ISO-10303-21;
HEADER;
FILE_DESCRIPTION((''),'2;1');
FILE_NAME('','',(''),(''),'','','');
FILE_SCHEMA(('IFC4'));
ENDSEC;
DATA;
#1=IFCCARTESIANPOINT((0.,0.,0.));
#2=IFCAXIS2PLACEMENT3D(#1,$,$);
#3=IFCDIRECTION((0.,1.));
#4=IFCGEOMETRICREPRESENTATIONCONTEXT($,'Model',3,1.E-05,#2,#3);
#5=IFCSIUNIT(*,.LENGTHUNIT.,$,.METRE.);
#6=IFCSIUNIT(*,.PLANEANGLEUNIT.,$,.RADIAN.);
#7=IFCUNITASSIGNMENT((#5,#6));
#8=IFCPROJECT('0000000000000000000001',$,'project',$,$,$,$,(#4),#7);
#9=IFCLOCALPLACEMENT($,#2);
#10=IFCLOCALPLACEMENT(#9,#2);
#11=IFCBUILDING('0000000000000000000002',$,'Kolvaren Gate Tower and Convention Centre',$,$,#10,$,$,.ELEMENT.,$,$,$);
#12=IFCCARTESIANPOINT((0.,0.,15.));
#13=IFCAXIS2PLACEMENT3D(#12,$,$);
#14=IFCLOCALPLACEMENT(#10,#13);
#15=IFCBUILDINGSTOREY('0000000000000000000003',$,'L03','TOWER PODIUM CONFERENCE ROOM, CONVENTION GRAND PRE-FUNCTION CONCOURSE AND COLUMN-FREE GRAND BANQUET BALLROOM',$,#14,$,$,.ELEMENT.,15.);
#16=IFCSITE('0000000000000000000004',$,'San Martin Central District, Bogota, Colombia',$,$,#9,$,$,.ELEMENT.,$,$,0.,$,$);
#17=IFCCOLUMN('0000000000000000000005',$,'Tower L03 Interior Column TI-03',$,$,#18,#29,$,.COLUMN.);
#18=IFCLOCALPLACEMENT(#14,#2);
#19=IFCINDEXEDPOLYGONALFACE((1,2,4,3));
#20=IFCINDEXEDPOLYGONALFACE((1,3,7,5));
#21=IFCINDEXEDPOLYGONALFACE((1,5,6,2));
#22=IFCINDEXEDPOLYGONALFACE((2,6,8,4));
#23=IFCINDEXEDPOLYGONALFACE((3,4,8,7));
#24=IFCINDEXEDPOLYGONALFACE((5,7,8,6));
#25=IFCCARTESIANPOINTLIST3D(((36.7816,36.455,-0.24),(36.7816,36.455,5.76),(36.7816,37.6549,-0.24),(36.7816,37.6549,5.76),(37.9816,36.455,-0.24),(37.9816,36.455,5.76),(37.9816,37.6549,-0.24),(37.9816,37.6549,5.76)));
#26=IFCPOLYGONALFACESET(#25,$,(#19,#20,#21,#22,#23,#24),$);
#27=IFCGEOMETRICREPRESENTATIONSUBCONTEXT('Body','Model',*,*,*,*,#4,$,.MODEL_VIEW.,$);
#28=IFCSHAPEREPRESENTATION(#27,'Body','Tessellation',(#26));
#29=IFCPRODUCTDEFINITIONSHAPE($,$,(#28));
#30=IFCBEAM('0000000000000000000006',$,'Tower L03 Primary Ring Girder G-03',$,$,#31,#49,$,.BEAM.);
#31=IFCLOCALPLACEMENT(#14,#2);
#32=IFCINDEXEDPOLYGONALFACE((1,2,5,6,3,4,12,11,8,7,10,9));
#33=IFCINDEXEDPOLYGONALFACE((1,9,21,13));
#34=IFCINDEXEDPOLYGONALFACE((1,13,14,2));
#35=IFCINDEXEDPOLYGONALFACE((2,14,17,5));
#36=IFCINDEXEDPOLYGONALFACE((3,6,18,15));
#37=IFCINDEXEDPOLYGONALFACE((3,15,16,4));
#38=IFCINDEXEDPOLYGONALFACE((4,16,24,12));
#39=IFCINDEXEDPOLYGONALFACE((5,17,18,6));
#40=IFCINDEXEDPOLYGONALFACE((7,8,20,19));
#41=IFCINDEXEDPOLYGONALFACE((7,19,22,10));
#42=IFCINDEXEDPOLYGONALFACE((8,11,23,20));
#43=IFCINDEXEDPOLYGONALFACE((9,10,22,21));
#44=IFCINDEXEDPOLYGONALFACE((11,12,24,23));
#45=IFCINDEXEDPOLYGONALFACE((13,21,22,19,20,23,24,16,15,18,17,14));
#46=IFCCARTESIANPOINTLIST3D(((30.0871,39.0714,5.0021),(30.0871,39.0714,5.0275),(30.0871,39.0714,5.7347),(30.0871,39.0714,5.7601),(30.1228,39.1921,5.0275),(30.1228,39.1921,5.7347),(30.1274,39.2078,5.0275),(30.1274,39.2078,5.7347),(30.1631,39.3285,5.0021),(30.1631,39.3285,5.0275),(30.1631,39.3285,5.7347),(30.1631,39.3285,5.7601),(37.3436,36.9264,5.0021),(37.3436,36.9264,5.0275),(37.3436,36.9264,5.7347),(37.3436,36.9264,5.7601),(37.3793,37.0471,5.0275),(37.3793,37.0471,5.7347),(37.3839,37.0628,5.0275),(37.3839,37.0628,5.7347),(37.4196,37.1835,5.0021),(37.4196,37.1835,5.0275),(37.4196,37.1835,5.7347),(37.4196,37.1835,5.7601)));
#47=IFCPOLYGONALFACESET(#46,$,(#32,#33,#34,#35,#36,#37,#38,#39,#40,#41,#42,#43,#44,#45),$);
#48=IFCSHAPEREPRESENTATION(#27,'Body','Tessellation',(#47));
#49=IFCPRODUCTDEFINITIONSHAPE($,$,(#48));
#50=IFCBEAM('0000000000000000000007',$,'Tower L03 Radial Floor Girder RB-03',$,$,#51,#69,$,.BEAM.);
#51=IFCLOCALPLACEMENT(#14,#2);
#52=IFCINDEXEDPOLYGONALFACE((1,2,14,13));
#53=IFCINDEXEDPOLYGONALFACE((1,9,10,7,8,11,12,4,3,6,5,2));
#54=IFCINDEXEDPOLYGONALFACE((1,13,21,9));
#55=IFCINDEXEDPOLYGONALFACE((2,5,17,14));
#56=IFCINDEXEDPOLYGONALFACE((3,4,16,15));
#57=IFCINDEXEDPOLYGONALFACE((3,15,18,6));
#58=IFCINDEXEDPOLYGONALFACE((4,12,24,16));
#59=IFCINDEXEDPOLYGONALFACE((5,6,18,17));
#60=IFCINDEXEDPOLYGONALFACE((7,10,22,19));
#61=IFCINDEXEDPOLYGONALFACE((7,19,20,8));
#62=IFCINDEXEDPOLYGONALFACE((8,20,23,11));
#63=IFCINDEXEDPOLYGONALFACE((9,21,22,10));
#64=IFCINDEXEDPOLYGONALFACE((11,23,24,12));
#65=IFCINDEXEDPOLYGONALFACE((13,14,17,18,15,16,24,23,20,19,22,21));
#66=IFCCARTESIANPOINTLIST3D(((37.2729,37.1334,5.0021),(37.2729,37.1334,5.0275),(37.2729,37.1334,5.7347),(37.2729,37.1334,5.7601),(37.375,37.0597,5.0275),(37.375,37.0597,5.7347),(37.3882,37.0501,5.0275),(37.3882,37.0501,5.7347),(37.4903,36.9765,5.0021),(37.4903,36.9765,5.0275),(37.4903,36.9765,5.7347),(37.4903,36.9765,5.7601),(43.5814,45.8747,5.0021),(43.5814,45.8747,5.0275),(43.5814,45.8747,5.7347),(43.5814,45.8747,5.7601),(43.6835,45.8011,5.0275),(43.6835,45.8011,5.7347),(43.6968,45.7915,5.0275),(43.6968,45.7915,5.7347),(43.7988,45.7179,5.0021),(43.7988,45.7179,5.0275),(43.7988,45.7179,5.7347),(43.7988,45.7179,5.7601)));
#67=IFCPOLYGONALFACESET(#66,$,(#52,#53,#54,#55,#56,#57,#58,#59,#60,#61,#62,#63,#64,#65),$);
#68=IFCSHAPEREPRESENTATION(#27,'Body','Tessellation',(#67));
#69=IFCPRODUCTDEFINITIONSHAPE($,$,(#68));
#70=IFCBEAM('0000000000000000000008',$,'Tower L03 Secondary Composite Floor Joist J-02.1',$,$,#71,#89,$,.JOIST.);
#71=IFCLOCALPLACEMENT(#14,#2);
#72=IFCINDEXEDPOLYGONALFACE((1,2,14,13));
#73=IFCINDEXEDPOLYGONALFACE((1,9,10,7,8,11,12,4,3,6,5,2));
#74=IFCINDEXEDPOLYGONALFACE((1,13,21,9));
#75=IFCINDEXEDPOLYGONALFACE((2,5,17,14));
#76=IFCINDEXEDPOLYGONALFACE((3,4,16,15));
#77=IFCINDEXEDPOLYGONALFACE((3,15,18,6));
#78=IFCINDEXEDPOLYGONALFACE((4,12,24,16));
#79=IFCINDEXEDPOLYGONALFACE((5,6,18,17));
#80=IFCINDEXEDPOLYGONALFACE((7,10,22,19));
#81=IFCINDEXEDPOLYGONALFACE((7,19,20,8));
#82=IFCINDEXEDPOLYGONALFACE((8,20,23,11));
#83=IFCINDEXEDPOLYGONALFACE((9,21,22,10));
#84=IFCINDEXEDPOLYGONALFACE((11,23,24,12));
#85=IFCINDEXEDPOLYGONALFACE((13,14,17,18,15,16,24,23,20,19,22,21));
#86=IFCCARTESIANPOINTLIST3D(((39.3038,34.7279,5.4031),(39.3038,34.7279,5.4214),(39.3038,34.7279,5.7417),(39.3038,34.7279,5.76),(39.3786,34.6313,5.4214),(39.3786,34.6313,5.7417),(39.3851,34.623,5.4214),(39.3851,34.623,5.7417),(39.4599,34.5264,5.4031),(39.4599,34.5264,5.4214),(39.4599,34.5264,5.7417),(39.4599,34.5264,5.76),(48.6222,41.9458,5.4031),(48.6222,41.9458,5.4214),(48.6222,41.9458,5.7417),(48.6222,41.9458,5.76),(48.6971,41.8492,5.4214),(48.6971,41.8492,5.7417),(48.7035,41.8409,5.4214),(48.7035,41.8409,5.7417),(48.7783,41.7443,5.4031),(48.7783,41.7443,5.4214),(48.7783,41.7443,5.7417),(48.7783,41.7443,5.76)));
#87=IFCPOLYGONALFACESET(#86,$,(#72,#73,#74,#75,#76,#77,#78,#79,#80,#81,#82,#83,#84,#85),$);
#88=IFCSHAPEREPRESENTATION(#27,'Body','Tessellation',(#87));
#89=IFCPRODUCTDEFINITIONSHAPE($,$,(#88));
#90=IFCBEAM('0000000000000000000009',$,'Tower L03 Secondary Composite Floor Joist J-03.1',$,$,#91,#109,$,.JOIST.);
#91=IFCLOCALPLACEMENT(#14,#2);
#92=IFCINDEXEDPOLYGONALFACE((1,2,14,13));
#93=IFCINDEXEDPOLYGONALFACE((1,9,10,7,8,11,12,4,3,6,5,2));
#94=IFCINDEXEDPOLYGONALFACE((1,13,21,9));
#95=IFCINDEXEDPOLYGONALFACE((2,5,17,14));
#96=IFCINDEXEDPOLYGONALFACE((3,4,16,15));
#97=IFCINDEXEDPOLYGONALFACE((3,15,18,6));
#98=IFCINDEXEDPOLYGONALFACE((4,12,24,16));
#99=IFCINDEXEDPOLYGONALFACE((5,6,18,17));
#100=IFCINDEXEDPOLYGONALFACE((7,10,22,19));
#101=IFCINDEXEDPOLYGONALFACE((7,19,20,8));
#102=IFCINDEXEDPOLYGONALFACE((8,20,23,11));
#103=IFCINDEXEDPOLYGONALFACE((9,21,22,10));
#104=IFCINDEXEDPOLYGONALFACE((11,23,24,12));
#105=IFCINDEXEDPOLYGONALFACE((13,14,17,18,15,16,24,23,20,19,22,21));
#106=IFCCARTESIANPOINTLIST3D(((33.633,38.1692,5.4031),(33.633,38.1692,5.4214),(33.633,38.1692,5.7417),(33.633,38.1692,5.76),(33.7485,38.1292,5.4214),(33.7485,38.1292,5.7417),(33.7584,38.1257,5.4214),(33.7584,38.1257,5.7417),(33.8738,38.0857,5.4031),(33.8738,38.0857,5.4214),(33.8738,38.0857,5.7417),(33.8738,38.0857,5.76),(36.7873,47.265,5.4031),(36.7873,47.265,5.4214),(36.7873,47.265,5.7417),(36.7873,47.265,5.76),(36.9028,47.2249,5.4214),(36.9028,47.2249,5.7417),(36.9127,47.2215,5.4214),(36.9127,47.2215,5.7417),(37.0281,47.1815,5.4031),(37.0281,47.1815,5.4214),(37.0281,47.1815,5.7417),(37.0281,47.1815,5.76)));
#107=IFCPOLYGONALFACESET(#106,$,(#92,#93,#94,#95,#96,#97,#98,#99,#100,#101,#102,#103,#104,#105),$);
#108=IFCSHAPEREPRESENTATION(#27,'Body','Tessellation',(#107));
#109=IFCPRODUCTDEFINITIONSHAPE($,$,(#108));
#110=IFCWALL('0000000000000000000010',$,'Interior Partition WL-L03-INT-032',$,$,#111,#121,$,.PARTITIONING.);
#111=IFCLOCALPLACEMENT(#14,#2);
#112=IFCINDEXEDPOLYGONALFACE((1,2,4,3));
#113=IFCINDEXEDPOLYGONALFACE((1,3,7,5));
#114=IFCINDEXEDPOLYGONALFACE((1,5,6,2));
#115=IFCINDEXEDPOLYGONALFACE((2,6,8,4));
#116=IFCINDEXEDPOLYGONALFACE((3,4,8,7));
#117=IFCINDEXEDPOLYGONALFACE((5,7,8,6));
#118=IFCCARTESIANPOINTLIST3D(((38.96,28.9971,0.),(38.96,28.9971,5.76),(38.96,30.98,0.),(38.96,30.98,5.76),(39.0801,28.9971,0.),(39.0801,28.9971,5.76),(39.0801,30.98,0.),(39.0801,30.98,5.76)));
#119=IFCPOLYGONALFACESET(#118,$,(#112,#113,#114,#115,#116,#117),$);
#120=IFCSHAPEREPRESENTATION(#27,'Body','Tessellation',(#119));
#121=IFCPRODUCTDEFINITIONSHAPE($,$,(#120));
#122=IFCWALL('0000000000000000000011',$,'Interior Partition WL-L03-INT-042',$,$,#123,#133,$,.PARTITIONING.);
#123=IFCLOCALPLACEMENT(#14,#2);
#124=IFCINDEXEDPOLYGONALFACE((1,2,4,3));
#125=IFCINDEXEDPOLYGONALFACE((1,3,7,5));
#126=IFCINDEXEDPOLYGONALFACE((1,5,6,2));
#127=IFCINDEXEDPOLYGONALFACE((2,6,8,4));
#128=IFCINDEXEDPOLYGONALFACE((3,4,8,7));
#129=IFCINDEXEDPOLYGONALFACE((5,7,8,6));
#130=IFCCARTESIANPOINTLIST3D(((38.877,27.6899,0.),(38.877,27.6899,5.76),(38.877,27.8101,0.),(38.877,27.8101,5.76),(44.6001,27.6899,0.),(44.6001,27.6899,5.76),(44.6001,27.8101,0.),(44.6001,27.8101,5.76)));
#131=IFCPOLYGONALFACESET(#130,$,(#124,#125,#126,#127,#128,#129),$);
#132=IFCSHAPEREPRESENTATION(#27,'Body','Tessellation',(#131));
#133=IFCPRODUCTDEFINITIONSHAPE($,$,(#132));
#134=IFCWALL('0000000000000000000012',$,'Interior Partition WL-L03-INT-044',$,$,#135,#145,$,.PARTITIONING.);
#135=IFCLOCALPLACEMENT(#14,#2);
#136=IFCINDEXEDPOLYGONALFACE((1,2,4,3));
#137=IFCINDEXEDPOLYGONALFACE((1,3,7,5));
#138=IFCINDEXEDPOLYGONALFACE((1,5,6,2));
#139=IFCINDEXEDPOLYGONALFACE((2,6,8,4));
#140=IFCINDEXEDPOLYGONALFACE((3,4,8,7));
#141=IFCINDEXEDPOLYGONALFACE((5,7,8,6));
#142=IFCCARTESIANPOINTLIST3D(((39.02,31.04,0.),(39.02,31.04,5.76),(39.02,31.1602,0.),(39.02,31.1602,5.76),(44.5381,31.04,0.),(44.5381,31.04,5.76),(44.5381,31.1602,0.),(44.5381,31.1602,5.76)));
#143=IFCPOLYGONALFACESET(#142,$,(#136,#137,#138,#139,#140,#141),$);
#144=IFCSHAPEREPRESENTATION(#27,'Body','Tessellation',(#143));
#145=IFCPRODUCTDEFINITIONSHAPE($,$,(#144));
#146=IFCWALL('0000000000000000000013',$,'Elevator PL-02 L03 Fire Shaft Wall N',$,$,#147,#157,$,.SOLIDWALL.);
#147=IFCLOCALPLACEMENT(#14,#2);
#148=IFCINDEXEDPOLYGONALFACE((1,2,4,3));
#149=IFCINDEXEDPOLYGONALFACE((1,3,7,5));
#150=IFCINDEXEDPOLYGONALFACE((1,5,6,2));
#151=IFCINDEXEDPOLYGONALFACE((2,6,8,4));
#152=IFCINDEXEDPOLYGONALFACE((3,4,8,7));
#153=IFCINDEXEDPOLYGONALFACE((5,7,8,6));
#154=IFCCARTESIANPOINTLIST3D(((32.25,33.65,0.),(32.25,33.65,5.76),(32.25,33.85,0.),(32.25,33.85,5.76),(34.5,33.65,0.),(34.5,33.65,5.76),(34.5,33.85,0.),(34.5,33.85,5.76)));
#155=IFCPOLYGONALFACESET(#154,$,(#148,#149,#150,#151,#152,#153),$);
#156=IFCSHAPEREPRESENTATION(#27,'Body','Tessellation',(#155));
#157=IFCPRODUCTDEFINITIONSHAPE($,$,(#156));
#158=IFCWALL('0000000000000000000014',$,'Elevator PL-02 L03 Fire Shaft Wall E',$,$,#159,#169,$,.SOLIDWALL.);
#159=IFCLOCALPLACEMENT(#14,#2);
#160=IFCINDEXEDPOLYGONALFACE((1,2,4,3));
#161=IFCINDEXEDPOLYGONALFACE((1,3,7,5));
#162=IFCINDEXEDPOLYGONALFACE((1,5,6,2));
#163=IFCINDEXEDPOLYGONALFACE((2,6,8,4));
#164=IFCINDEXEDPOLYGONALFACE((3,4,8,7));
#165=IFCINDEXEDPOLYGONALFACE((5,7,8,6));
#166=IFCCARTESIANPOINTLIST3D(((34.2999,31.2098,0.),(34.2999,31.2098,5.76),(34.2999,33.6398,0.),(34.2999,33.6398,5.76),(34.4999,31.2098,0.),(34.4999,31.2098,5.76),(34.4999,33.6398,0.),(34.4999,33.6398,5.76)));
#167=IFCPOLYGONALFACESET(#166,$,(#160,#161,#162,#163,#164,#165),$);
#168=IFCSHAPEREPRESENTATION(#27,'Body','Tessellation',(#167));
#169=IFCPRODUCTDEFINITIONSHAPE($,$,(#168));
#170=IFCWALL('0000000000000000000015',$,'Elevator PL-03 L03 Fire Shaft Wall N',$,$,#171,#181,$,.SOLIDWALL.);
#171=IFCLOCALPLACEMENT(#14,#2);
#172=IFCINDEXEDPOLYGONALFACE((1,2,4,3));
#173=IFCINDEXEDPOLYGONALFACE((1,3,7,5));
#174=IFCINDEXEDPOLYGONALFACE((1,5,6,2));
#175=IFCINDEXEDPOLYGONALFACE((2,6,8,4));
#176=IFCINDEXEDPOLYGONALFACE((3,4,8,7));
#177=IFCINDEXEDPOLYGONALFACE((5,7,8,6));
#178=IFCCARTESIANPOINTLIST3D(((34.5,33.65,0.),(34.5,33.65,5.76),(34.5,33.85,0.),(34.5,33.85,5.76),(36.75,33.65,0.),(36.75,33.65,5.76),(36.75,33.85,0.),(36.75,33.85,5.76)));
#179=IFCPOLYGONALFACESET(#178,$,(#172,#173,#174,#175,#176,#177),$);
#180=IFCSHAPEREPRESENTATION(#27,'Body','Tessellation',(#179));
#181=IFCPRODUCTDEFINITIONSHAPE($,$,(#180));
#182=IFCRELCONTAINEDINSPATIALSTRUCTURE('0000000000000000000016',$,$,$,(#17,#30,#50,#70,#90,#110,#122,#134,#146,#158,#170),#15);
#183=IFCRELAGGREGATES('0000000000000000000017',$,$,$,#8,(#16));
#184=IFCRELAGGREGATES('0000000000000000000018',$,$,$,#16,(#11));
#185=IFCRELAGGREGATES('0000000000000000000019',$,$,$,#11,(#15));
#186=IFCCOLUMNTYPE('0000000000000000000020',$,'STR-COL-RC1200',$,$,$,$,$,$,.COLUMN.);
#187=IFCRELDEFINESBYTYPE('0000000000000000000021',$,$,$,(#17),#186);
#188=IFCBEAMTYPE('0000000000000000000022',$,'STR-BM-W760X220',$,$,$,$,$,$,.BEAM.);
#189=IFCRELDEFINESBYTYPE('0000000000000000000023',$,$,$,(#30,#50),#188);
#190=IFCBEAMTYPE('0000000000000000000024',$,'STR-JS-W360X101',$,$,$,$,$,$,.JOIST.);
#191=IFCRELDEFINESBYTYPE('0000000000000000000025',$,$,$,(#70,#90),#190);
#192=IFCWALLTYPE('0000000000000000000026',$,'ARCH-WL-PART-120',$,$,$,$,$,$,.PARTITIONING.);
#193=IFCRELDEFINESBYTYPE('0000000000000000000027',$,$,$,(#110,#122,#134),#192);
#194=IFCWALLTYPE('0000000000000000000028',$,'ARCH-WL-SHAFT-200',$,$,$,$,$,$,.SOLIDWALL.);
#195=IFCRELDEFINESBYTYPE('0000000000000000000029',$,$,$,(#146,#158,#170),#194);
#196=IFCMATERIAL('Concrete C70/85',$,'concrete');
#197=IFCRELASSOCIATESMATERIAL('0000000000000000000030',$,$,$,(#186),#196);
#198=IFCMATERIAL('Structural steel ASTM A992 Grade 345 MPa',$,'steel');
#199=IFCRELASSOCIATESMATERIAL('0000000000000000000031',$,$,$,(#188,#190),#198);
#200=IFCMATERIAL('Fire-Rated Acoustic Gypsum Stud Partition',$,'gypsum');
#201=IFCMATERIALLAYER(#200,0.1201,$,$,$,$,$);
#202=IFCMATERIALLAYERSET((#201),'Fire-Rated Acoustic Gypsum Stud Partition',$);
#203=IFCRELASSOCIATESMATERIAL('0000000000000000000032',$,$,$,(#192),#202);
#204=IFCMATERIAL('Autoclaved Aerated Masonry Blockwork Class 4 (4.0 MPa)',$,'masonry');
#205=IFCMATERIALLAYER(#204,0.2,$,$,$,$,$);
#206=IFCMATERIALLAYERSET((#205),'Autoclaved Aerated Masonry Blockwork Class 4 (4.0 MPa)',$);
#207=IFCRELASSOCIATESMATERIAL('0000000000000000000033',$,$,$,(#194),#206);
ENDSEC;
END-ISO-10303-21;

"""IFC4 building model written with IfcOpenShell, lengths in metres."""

from ifc_helpers import new_model, si_unit, direction, frame, frame_2d, origin, origin_2d, place, context, subcontext, project, spatial, rectangle, i_section, extrude, material, layer, layer_set, material_profile, profile_set, type_object, element, save


model = new_model("IFC4")

# Units and contexts
model_context = context("Model", 3, precision=1e-05, world=origin(), true_north=direction((0.0, 1.0)))
body_context = subcontext(model_context, "Body", "Model", "MODEL_VIEW")
ifc_project = project(units=[si_unit("LENGTHUNIT", "METRE"), si_unit("PLANEANGLEUNIT", "RADIAN")], contexts=[model_context])

# Site, building, storey
site_placement = place(None, origin())
site = spatial("IfcSite", under=ifc_project, at=site_placement, Name="San Martin Central District, Bogota, Colombia", CompositionType="ELEMENT", RefElevation=0.0)
building_placement = place(site_placement, origin())
building = spatial("IfcBuilding", under=site, at=building_placement, Name="Kolvaren Gate Tower and Convention Centre", CompositionType="ELEMENT")
storey_placement = place(building_placement, frame((0.0, 0.0, 15.0)))
storey = spatial("IfcBuildingStorey", under=building, at=storey_placement, Name="L03", Description="TOWER PODIUM CONFERENCE ROOM, CONVENTION GRAND PRE-FUNCTION CONCOURSE AND COLUMN-FREE GRAND BANQUET BALLROOM", CompositionType="ELEMENT", Elevation=15.0)

# Column
ifc_material_1 = material(Name="Concrete C70/85", Category="concrete")
ifc_material_profile_1 = material_profile(ifc_material_1, rectangle(XDim=1.2, YDim=1.2, at=origin_2d()), Name="RC-COL-1200X1200")
ifc_profile_set_1 = profile_set([ifc_material_profile_1], Name="Concrete C70/85")
column_type = type_object("IfcColumnType", Name="STR-COL-RC1200", PredefinedType="COLUMN", material=ifc_profile_set_1)
column_placement = place(storey_placement, frame((37.3816, 37.0549, -0.24), z_axis=(0.0, 0.0, 1.0), x_axis=(1.0, 0.0, 0.0)))
element("IfcColumn", 1, at=column_placement, inside=storey, type_object=column_type, Name="Tower L03 Interior Column TI-03", PredefinedType="COLUMN", context=body_context, shape_type="SweptSolid", body=[
    extrude(rectangle(XDim=1.2, YDim=1.2, at=origin_2d()), origin(), (0.0, 0.0, 1.0), 6.0),
])

# Beams
ifc_material_2 = material(Name="Structural steel ASTM A992 Grade 345 MPa", Category="steel")
ifc_material_profile_2 = material_profile(ifc_material_2, i_section(OverallWidth=0.2681, OverallDepth=0.7581, WebThickness=0.0164, FlangeThickness=0.0254, at=origin_2d()), Name="W760X220")
ifc_profile_set_2 = profile_set([ifc_material_profile_2], Name="Structural steel ASTM A992 Grade 345 MPa")
beam_type_1 = type_object("IfcBeamType", Name="STR-BM-W760X220", PredefinedType="BEAM", material=ifc_profile_set_2)
beam_1_placement = place(storey_placement, frame((37.3816, 37.0549, 5.3811), z_axis=(-0.958981, 0.283471, 0.0), x_axis=(-0.283471, -0.958981, 0.0)))
element("IfcBeam", 2, at=beam_1_placement, inside=storey, type_object=beam_type_1, Name="Tower L03 Primary Ring Girder G-03", PredefinedType="BEAM", context=body_context, shape_type="SweptSolid", body=[
    extrude(i_section(OverallWidth=0.2681, OverallDepth=0.7581, WebThickness=0.0164, FlangeThickness=0.0254, at=origin_2d()), origin(), (0.0, 0.0, 1.0), 7.5669),
])
beam_2_placement = place(storey_placement, frame((37.3816, 37.0549, 5.3811), z_axis=(0.585205, 0.810885, 0.0), x_axis=(-0.810885, 0.585205, 0.0)))
element("IfcBeam", 3, at=beam_2_placement, inside=storey, type_object=beam_type_1, Name="Tower L03 Radial Floor Girder RB-03", PredefinedType="BEAM", context=body_context, shape_type="SweptSolid", body=[
    extrude(i_section(OverallWidth=0.2681, OverallDepth=0.7581, WebThickness=0.0164, FlangeThickness=0.0254, at=origin_2d()), origin(), (0.0, 0.0, 1.0), 10.78),
])
ifc_material_profile_3 = material_profile(ifc_material_2, i_section(OverallWidth=0.2549, OverallDepth=0.3569, WebThickness=0.0105, FlangeThickness=0.0183, at=origin_2d()), Name="W360X101")
ifc_profile_set_3 = profile_set([ifc_material_profile_3], Name="Structural steel ASTM A992 Grade 345 MPa")
beam_type_2 = type_object("IfcBeamType", Name="STR-JS-W360X101", PredefinedType="JOIST", material=ifc_profile_set_3)
beam_3_placement = place(storey_placement, frame((39.3818, 34.6272, 5.5815), z_axis=(0.790577, 0.612362, 0.0), x_axis=(-0.612362, 0.790577, 0.0)))
element("IfcBeam", 4, at=beam_3_placement, inside=storey, type_object=beam_type_2, Name="Tower L03 Secondary Composite Floor Joist J-02.1", PredefinedType="JOIST", context=body_context, shape_type="SweptSolid", body=[
    extrude(i_section(OverallWidth=0.2549, OverallDepth=0.3569, WebThickness=0.0105, FlangeThickness=0.0183, at=origin_2d()), origin(), (0.0, 0.0, 1.0), 11.7869),
])
beam_4_placement = place(storey_placement, frame((33.7534, 38.1274, 5.5815), z_axis=(0.327647, 0.9448, 0.0), x_axis=(-0.9448, 0.327647, 0.0)))
element("IfcBeam", 5, at=beam_4_placement, inside=storey, type_object=beam_type_2, Name="Tower L03 Secondary Composite Floor Joist J-03.1", PredefinedType="JOIST", context=body_context, shape_type="SweptSolid", body=[
    extrude(i_section(OverallWidth=0.2549, OverallDepth=0.3569, WebThickness=0.0105, FlangeThickness=0.0183, at=origin_2d()), origin(), (0.0, 0.0, 1.0), 9.6272),
])

# Walls
ifc_material_3 = material(Name="Fire-Rated Acoustic Gypsum Stud Partition", Category="gypsum")
ifc_layer_1 = layer(ifc_material_3, 0.1201)
ifc_layer_set_1 = layer_set([ifc_layer_1], Name="Fire-Rated Acoustic Gypsum Stud Partition")
wall_type_1 = type_object("IfcWallType", Name="ARCH-WL-PART-120", PredefinedType="PARTITIONING", material=ifc_layer_set_1)
wall_1_placement = place(storey_placement, frame((39.02, 28.9971, 0.0), z_axis=(0.0, 0.0, 1.0), x_axis=(0.0, 1.0, 0.0)))
element("IfcWall", 6, at=wall_1_placement, inside=storey, type_object=wall_type_1, Name="Interior Partition WL-L03-INT-032", PredefinedType="PARTITIONING", context=body_context, shape_type="SweptSolid", body=[
    extrude(rectangle(XDim=1.9829, YDim=0.1201, at=frame_2d((0.9915, 0.0))), origin(), (0.0, 0.0, 1.0), 5.76),
])
wall_2_placement = place(storey_placement, frame((38.877, 27.75, 0.0), z_axis=(0.0, 0.0, 1.0), x_axis=(1.0, 0.0, 0.0)))
element("IfcWall", 7, at=wall_2_placement, inside=storey, type_object=wall_type_1, Name="Interior Partition WL-L03-INT-042", PredefinedType="PARTITIONING", context=body_context, shape_type="SweptSolid", body=[
    extrude(rectangle(XDim=5.7231, YDim=0.1201, at=frame_2d((2.8616, 0.0))), origin(), (0.0, 0.0, 1.0), 5.76),
])
wall_3_placement = place(storey_placement, frame((39.02, 31.1001, 0.0), z_axis=(0.0, 0.0, 1.0), x_axis=(1.0, 0.0, 0.0)))
element("IfcWall", 8, at=wall_3_placement, inside=storey, type_object=wall_type_1, Name="Interior Partition WL-L03-INT-044", PredefinedType="PARTITIONING", context=body_context, shape_type="SweptSolid", body=[
    extrude(rectangle(XDim=5.5181, YDim=0.1201, at=frame_2d((2.759, 0.0))), origin(), (0.0, 0.0, 1.0), 5.76),
])
ifc_material_4 = material(Name="Autoclaved Aerated Masonry Blockwork Class 4 (4.0 MPa)", Category="masonry")
ifc_layer_2 = layer(ifc_material_4, 0.2)
ifc_layer_set_2 = layer_set([ifc_layer_2], Name="Autoclaved Aerated Masonry Blockwork Class 4 (4.0 MPa)")
wall_type_2 = type_object("IfcWallType", Name="ARCH-WL-SHAFT-200", PredefinedType="SOLIDWALL", material=ifc_layer_set_2)
wall_4_placement = place(storey_placement, frame((32.25, 33.75, 0.0), z_axis=(0.0, 0.0, 1.0), x_axis=(1.0, 0.0, 0.0)))
element("IfcWall", 9, at=wall_4_placement, inside=storey, type_object=wall_type_2, Name="Elevator PL-02 L03 Fire Shaft Wall N", PredefinedType="SOLIDWALL", context=body_context, shape_type="SweptSolid", body=[
    extrude(rectangle(XDim=2.25, YDim=0.2, at=frame_2d((1.125, 0.0))), origin(), (0.0, 0.0, 1.0), 5.76),
])
wall_5_placement = place(storey_placement, frame((34.3999, 31.21, 0.0), z_axis=(0.0, 0.0, 1.0), x_axis=(0.0, 1.0, 0.0)))
element("IfcWall", 10, at=wall_5_placement, inside=storey, type_object=wall_type_2, Name="Elevator PL-02 L03 Fire Shaft Wall E", PredefinedType="SOLIDWALL", context=body_context, shape_type="SweptSolid", body=[
    extrude(rectangle(XDim=2.4299, YDim=0.2, at=frame_2d((1.2148, 0.0))), origin(), (0.0, 0.0, 1.0), 5.76),
])
wall_6_placement = place(storey_placement, frame((34.5, 33.75, 0.0), z_axis=(0.0, 0.0, 1.0), x_axis=(1.0, 0.0, 0.0)))
element("IfcWall", 11, at=wall_6_placement, inside=storey, type_object=wall_type_2, Name="Elevator PL-03 L03 Fire Shaft Wall N", PredefinedType="SOLIDWALL", context=body_context, shape_type="SweptSolid", body=[
    extrude(rectangle(XDim=2.25, YDim=0.2, at=frame_2d((1.125, 0.0))), origin(), (0.0, 0.0, 1.0), 5.76),
])

save(model, "model.ifc")
